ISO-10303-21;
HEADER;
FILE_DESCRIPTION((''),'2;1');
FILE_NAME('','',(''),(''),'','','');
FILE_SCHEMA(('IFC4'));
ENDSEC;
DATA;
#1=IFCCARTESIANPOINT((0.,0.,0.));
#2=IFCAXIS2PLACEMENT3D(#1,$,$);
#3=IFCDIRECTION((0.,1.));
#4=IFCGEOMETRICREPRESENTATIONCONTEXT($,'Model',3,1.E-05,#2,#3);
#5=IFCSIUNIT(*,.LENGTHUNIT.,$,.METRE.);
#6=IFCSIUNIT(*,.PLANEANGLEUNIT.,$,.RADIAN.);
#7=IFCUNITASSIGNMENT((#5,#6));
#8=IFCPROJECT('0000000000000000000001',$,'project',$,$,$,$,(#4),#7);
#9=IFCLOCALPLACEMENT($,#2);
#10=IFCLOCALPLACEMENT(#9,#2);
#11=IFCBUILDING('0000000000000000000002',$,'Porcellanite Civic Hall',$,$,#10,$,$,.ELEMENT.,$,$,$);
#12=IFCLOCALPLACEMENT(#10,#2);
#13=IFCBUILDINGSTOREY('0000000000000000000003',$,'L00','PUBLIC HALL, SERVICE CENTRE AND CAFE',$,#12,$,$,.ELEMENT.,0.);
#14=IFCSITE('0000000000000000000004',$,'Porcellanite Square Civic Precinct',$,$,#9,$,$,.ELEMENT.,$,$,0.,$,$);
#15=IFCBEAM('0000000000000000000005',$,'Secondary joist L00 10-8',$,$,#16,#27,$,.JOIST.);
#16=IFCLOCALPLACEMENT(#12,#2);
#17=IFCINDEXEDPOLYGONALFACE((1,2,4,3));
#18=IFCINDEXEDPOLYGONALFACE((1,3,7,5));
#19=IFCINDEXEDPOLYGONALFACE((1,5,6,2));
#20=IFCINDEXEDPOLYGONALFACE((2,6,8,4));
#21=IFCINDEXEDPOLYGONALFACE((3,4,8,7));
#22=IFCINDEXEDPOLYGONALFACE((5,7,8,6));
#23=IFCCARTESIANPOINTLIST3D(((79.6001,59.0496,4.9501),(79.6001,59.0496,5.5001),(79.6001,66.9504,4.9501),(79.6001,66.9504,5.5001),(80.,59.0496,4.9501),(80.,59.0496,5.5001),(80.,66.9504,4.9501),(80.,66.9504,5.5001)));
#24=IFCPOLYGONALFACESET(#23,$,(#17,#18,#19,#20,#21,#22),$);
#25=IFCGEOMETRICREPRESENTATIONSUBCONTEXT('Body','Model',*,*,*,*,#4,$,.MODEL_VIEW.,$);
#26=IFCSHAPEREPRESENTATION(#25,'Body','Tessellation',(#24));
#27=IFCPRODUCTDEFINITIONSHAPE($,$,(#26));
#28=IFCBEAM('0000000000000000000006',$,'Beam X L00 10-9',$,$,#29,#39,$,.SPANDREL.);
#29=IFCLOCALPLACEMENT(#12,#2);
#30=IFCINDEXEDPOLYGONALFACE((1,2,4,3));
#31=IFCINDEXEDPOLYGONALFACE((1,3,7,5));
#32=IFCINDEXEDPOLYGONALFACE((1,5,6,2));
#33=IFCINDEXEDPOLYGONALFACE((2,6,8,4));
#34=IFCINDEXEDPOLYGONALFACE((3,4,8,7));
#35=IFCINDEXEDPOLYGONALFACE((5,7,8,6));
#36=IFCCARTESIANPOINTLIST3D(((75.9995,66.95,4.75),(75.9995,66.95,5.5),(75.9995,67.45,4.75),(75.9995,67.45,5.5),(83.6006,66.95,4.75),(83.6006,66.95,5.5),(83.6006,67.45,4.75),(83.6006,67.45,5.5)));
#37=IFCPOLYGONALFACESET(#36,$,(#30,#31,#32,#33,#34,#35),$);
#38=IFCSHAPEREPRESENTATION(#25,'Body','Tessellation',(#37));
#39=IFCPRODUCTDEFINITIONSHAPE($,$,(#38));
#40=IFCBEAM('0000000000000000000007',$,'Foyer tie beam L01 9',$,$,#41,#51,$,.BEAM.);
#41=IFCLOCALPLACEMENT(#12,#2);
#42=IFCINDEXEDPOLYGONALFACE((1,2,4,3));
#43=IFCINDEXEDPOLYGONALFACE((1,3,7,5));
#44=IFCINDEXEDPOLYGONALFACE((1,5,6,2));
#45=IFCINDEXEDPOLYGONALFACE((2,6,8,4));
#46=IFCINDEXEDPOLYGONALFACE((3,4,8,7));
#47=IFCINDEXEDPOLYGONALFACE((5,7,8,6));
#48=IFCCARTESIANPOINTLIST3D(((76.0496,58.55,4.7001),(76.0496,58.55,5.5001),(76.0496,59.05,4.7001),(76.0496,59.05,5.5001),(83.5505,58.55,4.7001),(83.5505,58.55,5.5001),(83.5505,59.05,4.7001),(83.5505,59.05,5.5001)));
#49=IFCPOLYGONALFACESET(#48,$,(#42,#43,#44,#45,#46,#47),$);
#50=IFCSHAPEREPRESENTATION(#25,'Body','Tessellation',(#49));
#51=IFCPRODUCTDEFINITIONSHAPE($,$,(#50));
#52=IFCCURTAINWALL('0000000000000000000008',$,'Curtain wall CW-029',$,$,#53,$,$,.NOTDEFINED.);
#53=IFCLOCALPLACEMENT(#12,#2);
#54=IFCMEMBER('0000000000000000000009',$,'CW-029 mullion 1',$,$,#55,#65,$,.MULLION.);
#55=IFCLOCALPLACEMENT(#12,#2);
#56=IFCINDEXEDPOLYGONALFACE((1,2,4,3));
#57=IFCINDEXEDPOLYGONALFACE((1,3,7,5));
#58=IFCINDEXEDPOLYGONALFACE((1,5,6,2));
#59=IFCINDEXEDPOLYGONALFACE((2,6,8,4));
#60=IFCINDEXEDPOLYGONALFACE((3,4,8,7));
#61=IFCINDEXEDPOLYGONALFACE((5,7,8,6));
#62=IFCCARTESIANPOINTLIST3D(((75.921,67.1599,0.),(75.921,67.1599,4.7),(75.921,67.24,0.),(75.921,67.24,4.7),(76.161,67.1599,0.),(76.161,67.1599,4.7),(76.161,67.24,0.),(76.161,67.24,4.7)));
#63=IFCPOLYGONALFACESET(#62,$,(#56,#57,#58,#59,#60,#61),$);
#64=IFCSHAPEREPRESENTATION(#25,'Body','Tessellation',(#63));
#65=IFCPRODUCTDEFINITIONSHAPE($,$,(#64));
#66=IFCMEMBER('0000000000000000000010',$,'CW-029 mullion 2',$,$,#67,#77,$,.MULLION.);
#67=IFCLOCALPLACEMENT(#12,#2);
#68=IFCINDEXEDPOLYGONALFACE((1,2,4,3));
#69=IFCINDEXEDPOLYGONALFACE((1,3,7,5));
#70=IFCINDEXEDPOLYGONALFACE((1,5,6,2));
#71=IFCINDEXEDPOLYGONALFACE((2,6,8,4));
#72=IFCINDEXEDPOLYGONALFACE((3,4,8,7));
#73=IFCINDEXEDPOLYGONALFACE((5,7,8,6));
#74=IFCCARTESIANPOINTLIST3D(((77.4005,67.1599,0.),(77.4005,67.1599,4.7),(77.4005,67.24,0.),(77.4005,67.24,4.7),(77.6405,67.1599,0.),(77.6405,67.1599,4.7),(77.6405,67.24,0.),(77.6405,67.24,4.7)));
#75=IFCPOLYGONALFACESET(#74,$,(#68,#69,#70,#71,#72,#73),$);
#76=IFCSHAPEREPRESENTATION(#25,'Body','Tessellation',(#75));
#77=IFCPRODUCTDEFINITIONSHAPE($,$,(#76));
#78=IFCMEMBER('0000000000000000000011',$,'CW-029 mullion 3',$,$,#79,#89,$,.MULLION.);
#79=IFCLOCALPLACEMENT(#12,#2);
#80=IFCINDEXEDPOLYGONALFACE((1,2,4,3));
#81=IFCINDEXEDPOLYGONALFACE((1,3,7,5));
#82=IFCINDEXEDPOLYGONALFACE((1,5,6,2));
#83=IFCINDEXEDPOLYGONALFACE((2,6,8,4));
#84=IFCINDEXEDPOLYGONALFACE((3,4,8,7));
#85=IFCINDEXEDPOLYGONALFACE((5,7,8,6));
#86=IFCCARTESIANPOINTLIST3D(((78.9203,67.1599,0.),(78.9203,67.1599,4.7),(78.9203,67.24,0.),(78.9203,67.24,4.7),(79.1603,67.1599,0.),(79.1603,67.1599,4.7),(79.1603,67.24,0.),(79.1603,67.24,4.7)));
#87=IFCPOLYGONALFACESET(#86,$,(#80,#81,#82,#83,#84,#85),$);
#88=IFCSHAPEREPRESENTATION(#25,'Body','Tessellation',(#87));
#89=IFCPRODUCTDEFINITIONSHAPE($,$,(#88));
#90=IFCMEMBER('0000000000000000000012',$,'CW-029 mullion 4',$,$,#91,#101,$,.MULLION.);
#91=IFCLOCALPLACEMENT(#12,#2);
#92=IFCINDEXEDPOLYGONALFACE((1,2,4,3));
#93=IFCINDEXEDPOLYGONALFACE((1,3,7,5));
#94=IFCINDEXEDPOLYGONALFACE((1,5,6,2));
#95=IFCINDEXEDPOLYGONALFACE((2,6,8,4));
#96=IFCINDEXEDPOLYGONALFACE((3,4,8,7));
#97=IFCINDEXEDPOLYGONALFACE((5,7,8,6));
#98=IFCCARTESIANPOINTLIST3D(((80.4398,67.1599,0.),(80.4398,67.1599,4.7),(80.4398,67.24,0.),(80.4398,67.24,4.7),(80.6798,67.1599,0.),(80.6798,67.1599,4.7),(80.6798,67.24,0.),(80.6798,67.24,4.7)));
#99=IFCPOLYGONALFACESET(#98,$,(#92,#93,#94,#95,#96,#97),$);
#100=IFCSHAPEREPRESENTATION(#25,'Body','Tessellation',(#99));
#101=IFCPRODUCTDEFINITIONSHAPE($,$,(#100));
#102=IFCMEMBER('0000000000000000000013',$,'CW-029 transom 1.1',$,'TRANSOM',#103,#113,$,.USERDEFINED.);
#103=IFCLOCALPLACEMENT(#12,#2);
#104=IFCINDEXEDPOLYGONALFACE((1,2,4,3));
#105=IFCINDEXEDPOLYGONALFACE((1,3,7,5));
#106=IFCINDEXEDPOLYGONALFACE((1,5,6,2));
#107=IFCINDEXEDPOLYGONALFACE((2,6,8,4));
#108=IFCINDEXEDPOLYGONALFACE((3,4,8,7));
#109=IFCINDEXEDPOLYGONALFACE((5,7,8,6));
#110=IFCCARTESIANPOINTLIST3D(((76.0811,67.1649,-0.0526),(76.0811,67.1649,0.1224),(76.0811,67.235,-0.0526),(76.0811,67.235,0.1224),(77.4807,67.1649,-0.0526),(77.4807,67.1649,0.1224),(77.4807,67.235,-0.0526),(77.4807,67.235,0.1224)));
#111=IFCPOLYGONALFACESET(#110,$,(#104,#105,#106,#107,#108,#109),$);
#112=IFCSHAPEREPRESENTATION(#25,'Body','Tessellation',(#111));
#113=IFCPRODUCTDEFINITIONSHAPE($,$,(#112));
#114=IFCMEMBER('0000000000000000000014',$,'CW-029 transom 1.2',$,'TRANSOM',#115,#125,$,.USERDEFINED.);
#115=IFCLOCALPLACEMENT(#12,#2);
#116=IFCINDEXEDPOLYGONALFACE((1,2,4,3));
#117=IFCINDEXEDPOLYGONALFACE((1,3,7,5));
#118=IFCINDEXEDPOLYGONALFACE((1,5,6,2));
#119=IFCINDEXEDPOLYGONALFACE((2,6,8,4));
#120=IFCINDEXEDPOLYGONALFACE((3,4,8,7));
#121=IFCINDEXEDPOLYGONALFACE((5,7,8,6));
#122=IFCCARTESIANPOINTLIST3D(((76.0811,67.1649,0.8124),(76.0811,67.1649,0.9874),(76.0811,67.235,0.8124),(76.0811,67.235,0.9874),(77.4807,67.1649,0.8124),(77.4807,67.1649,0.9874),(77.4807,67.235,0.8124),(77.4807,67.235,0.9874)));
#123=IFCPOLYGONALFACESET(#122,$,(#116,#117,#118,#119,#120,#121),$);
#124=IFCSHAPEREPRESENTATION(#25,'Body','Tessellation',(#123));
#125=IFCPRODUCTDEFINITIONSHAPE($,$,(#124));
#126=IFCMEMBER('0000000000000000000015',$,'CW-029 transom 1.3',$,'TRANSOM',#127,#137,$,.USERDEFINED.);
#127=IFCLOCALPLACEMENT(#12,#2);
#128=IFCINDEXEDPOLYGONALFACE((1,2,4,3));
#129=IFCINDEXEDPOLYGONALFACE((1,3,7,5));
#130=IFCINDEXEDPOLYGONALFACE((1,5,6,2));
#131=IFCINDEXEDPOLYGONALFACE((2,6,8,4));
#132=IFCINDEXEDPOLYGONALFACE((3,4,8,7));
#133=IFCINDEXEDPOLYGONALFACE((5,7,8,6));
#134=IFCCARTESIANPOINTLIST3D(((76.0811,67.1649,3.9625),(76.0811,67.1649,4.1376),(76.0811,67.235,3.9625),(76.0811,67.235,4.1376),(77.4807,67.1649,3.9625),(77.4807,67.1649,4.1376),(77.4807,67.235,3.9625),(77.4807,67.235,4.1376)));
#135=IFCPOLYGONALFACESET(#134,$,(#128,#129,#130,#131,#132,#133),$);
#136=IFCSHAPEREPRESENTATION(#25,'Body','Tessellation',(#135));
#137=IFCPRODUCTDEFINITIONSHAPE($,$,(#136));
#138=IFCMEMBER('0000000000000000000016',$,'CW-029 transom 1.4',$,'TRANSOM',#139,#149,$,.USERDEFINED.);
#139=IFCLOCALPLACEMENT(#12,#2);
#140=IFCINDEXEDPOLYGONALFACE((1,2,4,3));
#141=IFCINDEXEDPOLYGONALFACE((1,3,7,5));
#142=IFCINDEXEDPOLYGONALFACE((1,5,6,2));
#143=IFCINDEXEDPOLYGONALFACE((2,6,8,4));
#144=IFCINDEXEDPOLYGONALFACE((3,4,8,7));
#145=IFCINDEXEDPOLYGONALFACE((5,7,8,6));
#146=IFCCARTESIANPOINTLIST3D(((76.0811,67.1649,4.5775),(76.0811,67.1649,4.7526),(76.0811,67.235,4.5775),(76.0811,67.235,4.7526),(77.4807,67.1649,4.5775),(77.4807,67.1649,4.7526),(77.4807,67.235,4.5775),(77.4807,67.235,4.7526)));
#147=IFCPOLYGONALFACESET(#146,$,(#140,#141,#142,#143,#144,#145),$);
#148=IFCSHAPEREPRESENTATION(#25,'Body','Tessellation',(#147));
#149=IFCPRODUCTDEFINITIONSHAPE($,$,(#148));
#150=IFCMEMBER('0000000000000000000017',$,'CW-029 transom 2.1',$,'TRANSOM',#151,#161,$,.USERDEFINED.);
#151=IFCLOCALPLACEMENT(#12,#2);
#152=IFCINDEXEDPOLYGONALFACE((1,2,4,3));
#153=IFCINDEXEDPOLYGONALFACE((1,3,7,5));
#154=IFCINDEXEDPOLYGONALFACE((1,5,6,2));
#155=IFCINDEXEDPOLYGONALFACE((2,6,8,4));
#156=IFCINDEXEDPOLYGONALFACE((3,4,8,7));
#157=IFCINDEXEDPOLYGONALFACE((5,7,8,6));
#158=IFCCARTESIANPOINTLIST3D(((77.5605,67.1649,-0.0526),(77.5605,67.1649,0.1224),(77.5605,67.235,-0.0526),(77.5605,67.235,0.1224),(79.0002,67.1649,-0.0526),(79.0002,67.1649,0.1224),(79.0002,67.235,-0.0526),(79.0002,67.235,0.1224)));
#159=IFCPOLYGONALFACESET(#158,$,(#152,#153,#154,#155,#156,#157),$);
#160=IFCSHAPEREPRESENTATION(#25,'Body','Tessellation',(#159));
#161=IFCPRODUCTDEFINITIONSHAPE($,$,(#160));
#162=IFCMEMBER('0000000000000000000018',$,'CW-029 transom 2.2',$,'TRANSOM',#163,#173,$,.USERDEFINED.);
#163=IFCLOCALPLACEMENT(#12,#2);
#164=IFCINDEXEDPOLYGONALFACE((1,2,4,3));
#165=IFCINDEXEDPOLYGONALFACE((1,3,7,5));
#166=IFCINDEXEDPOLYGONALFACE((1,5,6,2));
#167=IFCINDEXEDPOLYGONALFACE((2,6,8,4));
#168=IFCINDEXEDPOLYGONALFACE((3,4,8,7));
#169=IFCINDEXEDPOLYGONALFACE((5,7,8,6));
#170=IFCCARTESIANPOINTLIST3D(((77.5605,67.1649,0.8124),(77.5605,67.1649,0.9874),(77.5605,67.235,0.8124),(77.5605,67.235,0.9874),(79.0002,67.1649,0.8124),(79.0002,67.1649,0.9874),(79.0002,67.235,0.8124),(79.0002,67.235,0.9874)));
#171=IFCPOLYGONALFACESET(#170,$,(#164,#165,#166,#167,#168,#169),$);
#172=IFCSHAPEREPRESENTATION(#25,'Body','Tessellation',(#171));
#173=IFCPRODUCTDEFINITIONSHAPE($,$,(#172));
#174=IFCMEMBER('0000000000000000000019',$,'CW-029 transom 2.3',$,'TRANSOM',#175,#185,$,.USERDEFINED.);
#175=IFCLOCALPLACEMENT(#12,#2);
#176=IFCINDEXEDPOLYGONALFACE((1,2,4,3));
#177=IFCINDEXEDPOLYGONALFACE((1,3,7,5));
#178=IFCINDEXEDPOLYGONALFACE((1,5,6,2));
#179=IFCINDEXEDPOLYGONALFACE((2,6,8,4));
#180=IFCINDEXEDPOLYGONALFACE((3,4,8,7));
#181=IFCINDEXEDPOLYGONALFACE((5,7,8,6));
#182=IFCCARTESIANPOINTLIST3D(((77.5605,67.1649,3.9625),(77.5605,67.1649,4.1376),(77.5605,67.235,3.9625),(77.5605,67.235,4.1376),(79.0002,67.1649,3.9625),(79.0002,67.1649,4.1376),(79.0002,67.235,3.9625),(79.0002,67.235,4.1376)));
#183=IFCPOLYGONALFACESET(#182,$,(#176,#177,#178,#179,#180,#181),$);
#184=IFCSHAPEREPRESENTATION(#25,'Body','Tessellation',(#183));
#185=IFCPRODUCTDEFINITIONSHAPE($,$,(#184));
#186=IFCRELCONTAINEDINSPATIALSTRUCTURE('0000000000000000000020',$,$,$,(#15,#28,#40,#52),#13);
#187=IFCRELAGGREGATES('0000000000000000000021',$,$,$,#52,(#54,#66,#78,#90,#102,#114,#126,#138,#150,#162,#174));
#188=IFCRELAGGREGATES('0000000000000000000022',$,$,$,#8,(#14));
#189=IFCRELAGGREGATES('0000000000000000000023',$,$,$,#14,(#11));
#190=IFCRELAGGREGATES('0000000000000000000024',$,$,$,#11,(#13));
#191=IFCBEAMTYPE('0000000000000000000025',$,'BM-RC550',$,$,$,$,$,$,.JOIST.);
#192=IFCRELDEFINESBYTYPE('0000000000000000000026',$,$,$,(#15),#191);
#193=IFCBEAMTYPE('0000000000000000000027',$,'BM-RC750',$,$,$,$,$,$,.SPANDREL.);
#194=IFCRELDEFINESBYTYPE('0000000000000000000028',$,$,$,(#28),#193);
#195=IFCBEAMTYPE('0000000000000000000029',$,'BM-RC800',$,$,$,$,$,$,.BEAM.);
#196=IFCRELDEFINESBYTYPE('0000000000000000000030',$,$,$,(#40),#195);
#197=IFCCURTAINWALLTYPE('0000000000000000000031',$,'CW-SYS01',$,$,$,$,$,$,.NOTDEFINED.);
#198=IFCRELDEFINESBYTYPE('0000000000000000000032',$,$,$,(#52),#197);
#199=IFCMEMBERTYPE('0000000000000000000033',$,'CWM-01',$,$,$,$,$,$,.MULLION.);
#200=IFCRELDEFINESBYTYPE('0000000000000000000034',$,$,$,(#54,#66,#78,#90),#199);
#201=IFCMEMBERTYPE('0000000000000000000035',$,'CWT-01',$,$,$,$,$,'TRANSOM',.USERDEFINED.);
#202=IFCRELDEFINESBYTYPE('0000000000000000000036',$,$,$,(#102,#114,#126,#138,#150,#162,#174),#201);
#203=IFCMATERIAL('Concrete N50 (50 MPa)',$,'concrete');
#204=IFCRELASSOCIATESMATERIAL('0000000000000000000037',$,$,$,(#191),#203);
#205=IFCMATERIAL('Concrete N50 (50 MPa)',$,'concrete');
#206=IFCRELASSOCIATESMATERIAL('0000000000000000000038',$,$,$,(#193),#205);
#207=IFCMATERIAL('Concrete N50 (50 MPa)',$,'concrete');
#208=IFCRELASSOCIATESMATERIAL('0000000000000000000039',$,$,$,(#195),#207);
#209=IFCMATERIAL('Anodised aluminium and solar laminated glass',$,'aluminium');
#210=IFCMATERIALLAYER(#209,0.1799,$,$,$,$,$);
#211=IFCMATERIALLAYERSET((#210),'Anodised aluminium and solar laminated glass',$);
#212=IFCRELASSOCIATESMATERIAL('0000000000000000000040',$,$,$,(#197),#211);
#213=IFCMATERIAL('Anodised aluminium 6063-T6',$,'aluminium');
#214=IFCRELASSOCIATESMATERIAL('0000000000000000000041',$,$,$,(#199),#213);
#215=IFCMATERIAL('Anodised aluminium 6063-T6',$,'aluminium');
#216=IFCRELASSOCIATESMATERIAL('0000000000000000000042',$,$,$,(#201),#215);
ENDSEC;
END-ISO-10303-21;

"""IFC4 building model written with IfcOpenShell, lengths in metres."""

from ifc_helpers import new_model, si_unit, direction, frame, origin, origin_2d, place, context, subcontext, project, spatial, rectangle, extrude, material, layer, layer_set, material_profile, profile_set, type_object, element, aggregate, save


model = new_model("IFC4")

# Units and contexts
model_context = context("Model", 3, precision=1e-05, world=origin(), true_north=direction((0.0, 1.0)))
body_context = subcontext(model_context, "Body", "Model", "MODEL_VIEW")
ifc_project = project(units=[si_unit("LENGTHUNIT", "METRE"), si_unit("PLANEANGLEUNIT", "RADIAN")], contexts=[model_context])

# Site, building, storey
site_placement = place(None, origin())
site = spatial("IfcSite", under=ifc_project, at=site_placement, Name="Porcellanite Square Civic Precinct", CompositionType="ELEMENT", RefElevation=0.0)
building_placement = place(site_placement, origin())
building = spatial("IfcBuilding", under=site, at=building_placement, Name="Porcellanite Civic Hall", CompositionType="ELEMENT")
storey_placement = place(building_placement, origin())
storey = spatial("IfcBuildingStorey", under=building, at=storey_placement, Name="L00", Description="PUBLIC HALL, SERVICE CENTRE AND CAFE", CompositionType="ELEMENT", Elevation=0.0)

# Beams
ifc_material_1 = material(Name="Concrete N50 (50 MPa)", Category="concrete")
ifc_material_profile_1 = material_profile(ifc_material_1, rectangle(XDim=0.3999, YDim=0.55, at=origin_2d()), Name="RC-400x550")
ifc_profile_set_1 = profile_set([ifc_material_profile_1], Name="Concrete N50 (50 MPa)")
beam_type_1 = type_object("IfcBeamType", Name="BM-RC550", PredefinedType="JOIST", material=ifc_profile_set_1)
beam_1_placement = place(storey_placement, frame((79.8, 59.0496, 5.2251), z_axis=(0.0, 1.0, 0.0), x_axis=(-1.0, 0.0, 0.0)))
element("IfcBeam", 1, at=beam_1_placement, inside=storey, type_object=beam_type_1, Name="Secondary joist L00 10-8", PredefinedType="JOIST", context=body_context, shape_type="SweptSolid", body=[
    extrude(rectangle(XDim=0.3999, YDim=0.55, at=origin_2d()), origin(), (0.0, 0.0, 1.0), 7.9009),
])
ifc_material_2 = material(Name="Concrete N50 (50 MPa)", Category="concrete")
ifc_material_profile_2 = material_profile(ifc_material_2, rectangle(XDim=0.5, YDim=0.75, at=origin_2d()), Name="RC-500x750")
ifc_profile_set_2 = profile_set([ifc_material_profile_2], Name="Concrete N50 (50 MPa)")
beam_type_2 = type_object("IfcBeamType", Name="BM-RC750", PredefinedType="SPANDREL", material=ifc_profile_set_2)
beam_2_placement = place(storey_placement, frame((75.9995, 67.2, 5.125), z_axis=(1.0, 0.0, 0.0), x_axis=(0.0, 1.0, 0.0)))
element("IfcBeam", 2, at=beam_2_placement, inside=storey, type_object=beam_type_2, Name="Beam X L00 10-9", PredefinedType="SPANDREL", context=body_context, shape_type="SweptSolid", body=[
    extrude(rectangle(XDim=0.5, YDim=0.75, at=origin_2d()), origin(), (0.0, 0.0, 1.0), 7.6011),
])
ifc_material_3 = material(Name="Concrete N50 (50 MPa)", Category="concrete")
ifc_material_profile_3 = material_profile(ifc_material_3, rectangle(XDim=0.5, YDim=0.8, at=origin_2d()), Name="RC-500x800")
ifc_profile_set_3 = profile_set([ifc_material_profile_3], Name="Concrete N50 (50 MPa)")
beam_type_3 = type_object("IfcBeamType", Name="BM-RC800", PredefinedType="BEAM", material=ifc_profile_set_3)
beam_3_placement = place(storey_placement, frame((76.0496, 58.8, 5.1001), z_axis=(1.0, 0.0, 0.0), x_axis=(0.0, 1.0, 0.0)))
element("IfcBeam", 3, at=beam_3_placement, inside=storey, type_object=beam_type_3, Name="Foyer tie beam L01 9", PredefinedType="BEAM", context=body_context, shape_type="SweptSolid", body=[
    extrude(rectangle(XDim=0.5, YDim=0.8, at=origin_2d()), origin(), (0.0, 0.0, 1.0), 7.501),
])

# Curtain wall, members
ifc_material_4 = material(Name="Anodised aluminium and solar laminated glass", Category="aluminium")
ifc_layer_1 = layer(ifc_material_4, 0.1799)
ifc_layer_set_1 = layer_set([ifc_layer_1], Name="Anodised aluminium and solar laminated glass")
curtain_wall_type = type_object("IfcCurtainWallType", Name="CW-SYS01", PredefinedType="NOTDEFINED", material=ifc_layer_set_1)
curtain_wall_placement = place(storey_placement, origin())
curtain_wall = element("IfcCurtainWall", 4, at=curtain_wall_placement, inside=storey, type_object=curtain_wall_type, Name="Curtain wall CW-029", PredefinedType="NOTDEFINED")
ifc_material_5 = material(Name="Anodised aluminium 6063-T6", Category="aluminium")
ifc_material_profile_4 = material_profile(ifc_material_5, rectangle(XDim=0.0801, YDim=0.24, at=origin_2d()), Name="AL-80x240")
ifc_profile_set_4 = profile_set([ifc_material_profile_4], Name="Anodised aluminium 6063-T6")
member_type_1 = type_object("IfcMemberType", Name="CWM-01", PredefinedType="MULLION", material=ifc_profile_set_4)
member_1_placement = place(storey_placement, frame((76.041, 67.2, 0.0), z_axis=(0.0, 0.0, 1.0), x_axis=(0.0, 1.0, 0.0)))
member_1 = element("IfcMember", 5, at=member_1_placement, type_object=member_type_1, Name="CW-029 mullion 1", PredefinedType="MULLION", context=body_context, shape_type="SweptSolid", body=[
    extrude(rectangle(XDim=0.0801, YDim=0.24, at=origin_2d()), origin(), (0.0, 0.0, 1.0), 4.7),
])
member_2_placement = place(storey_placement, frame((77.5205, 67.2, 0.0), z_axis=(0.0, 0.0, 1.0), x_axis=(0.0, 1.0, 0.0)))
member_2 = element("IfcMember", 6, at=member_2_placement, type_object=member_type_1, Name="CW-029 mullion 2", PredefinedType="MULLION", context=body_context, shape_type="SweptSolid", body=[
    extrude(rectangle(XDim=0.0801, YDim=0.24, at=origin_2d()), origin(), (0.0, 0.0, 1.0), 4.7),
])
member_3_placement = place(storey_placement, frame((79.0403, 67.2, 0.0), z_axis=(0.0, 0.0, 1.0), x_axis=(0.0, 1.0, 0.0)))
member_3 = element("IfcMember", 7, at=member_3_placement, type_object=member_type_1, Name="CW-029 mullion 3", PredefinedType="MULLION", context=body_context, shape_type="SweptSolid", body=[
    extrude(rectangle(XDim=0.0801, YDim=0.24, at=origin_2d()), origin(), (0.0, 0.0, 1.0), 4.7),
])
member_4_placement = place(storey_placement, frame((80.5598, 67.2, 0.0), z_axis=(0.0, 0.0, 1.0), x_axis=(0.0, 1.0, 0.0)))
member_4 = element("IfcMember", 8, at=member_4_placement, type_object=member_type_1, Name="CW-029 mullion 4", PredefinedType="MULLION", context=body_context, shape_type="SweptSolid", body=[
    extrude(rectangle(XDim=0.0801, YDim=0.24, at=origin_2d()), origin(), (0.0, 0.0, 1.0), 4.7),
])
ifc_material_6 = material(Name="Anodised aluminium 6063-T6", Category="aluminium")
ifc_material_profile_5 = material_profile(ifc_material_6, rectangle(XDim=0.0701, YDim=0.175, at=origin_2d()), Name="AL-70x175")
ifc_profile_set_5 = profile_set([ifc_material_profile_5], Name="Anodised aluminium 6063-T6")
member_type_2 = type_object("IfcMemberType", Name="CWT-01", ElementType="TRANSOM", PredefinedType="USERDEFINED", material=ifc_profile_set_5)
member_5_placement = place(storey_placement, frame((76.0811, 67.2, 0.0349), z_axis=(1.0, 0.0, 0.0), x_axis=(0.0, 1.0, 0.0)))
member_5 = element("IfcMember", 9, at=member_5_placement, type_object=member_type_2, Name="CW-029 transom 1.1", ObjectType="TRANSOM", PredefinedType="USERDEFINED", context=body_context, shape_type="SweptSolid", body=[
    extrude(rectangle(XDim=0.0701, YDim=0.175, at=origin_2d()), origin(), (0.0, 0.0, 1.0), 1.3997),
])
member_6_placement = place(storey_placement, frame((76.0811, 67.2, 0.8999), z_axis=(1.0, 0.0, 0.0), x_axis=(0.0, 1.0, 0.0)))
member_6 = element("IfcMember", 10, at=member_6_placement, type_object=member_type_2, Name="CW-029 transom 1.2", ObjectType="TRANSOM", PredefinedType="USERDEFINED", context=body_context, shape_type="SweptSolid", body=[
    extrude(rectangle(XDim=0.0701, YDim=0.175, at=origin_2d()), origin(), (0.0, 0.0, 1.0), 1.3997),
])
member_7_placement = place(storey_placement, frame((76.0811, 67.2, 4.05), z_axis=(1.0, 0.0, 0.0), x_axis=(0.0, 1.0, 0.0)))
member_7 = element("IfcMember", 11, at=member_7_placement, type_object=member_type_2, Name="CW-029 transom 1.3", ObjectType="TRANSOM", PredefinedType="USERDEFINED", context=body_context, shape_type="SweptSolid", body=[
    extrude(rectangle(XDim=0.0701, YDim=0.175, at=origin_2d()), origin(), (0.0, 0.0, 1.0), 1.3997),
])
member_8_placement = place(storey_placement, frame((76.0811, 67.2, 4.665), z_axis=(1.0, 0.0, 0.0), x_axis=(0.0, 1.0, 0.0)))
member_8 = element("IfcMember", 12, at=member_8_placement, type_object=member_type_2, Name="CW-029 transom 1.4", ObjectType="TRANSOM", PredefinedType="USERDEFINED", context=body_context, shape_type="SweptSolid", body=[
    extrude(rectangle(XDim=0.0701, YDim=0.175, at=origin_2d()), origin(), (0.0, 0.0, 1.0), 1.3997),
])
member_9_placement = place(storey_placement, frame((77.5605, 67.2, 0.0349), z_axis=(1.0, 0.0, 0.0), x_axis=(0.0, 1.0, 0.0)))
member_9 = element("IfcMember", 13, at=member_9_placement, type_object=member_type_2, Name="CW-029 transom 2.1", ObjectType="TRANSOM", PredefinedType="USERDEFINED", context=body_context, shape_type="SweptSolid", body=[
    extrude(rectangle(XDim=0.0701, YDim=0.175, at=origin_2d()), origin(), (0.0, 0.0, 1.0), 1.4397),
])
member_10_placement = place(storey_placement, frame((77.5605, 67.2, 0.8999), z_axis=(1.0, 0.0, 0.0), x_axis=(0.0, 1.0, 0.0)))
member_10 = element("IfcMember", 14, at=member_10_placement, type_object=member_type_2, Name="CW-029 transom 2.2", ObjectType="TRANSOM", PredefinedType="USERDEFINED", context=body_context, shape_type="SweptSolid", body=[
    extrude(rectangle(XDim=0.0701, YDim=0.175, at=origin_2d()), origin(), (0.0, 0.0, 1.0), 1.4397),
])
member_11_placement = place(storey_placement, frame((77.5605, 67.2, 4.05), z_axis=(1.0, 0.0, 0.0), x_axis=(0.0, 1.0, 0.0)))
member_11 = element("IfcMember", 15, at=member_11_placement, type_object=member_type_2, Name="CW-029 transom 2.3", ObjectType="TRANSOM", PredefinedType="USERDEFINED", context=body_context, shape_type="SweptSolid", body=[
    extrude(rectangle(XDim=0.0701, YDim=0.175, at=origin_2d()), origin(), (0.0, 0.0, 1.0), 1.4397),
])

aggregate(curtain_wall, [member_1, member_2, member_3, member_4, member_5, member_6, member_7, member_8, member_9, member_10, member_11])

save(model, "model.ifc")
